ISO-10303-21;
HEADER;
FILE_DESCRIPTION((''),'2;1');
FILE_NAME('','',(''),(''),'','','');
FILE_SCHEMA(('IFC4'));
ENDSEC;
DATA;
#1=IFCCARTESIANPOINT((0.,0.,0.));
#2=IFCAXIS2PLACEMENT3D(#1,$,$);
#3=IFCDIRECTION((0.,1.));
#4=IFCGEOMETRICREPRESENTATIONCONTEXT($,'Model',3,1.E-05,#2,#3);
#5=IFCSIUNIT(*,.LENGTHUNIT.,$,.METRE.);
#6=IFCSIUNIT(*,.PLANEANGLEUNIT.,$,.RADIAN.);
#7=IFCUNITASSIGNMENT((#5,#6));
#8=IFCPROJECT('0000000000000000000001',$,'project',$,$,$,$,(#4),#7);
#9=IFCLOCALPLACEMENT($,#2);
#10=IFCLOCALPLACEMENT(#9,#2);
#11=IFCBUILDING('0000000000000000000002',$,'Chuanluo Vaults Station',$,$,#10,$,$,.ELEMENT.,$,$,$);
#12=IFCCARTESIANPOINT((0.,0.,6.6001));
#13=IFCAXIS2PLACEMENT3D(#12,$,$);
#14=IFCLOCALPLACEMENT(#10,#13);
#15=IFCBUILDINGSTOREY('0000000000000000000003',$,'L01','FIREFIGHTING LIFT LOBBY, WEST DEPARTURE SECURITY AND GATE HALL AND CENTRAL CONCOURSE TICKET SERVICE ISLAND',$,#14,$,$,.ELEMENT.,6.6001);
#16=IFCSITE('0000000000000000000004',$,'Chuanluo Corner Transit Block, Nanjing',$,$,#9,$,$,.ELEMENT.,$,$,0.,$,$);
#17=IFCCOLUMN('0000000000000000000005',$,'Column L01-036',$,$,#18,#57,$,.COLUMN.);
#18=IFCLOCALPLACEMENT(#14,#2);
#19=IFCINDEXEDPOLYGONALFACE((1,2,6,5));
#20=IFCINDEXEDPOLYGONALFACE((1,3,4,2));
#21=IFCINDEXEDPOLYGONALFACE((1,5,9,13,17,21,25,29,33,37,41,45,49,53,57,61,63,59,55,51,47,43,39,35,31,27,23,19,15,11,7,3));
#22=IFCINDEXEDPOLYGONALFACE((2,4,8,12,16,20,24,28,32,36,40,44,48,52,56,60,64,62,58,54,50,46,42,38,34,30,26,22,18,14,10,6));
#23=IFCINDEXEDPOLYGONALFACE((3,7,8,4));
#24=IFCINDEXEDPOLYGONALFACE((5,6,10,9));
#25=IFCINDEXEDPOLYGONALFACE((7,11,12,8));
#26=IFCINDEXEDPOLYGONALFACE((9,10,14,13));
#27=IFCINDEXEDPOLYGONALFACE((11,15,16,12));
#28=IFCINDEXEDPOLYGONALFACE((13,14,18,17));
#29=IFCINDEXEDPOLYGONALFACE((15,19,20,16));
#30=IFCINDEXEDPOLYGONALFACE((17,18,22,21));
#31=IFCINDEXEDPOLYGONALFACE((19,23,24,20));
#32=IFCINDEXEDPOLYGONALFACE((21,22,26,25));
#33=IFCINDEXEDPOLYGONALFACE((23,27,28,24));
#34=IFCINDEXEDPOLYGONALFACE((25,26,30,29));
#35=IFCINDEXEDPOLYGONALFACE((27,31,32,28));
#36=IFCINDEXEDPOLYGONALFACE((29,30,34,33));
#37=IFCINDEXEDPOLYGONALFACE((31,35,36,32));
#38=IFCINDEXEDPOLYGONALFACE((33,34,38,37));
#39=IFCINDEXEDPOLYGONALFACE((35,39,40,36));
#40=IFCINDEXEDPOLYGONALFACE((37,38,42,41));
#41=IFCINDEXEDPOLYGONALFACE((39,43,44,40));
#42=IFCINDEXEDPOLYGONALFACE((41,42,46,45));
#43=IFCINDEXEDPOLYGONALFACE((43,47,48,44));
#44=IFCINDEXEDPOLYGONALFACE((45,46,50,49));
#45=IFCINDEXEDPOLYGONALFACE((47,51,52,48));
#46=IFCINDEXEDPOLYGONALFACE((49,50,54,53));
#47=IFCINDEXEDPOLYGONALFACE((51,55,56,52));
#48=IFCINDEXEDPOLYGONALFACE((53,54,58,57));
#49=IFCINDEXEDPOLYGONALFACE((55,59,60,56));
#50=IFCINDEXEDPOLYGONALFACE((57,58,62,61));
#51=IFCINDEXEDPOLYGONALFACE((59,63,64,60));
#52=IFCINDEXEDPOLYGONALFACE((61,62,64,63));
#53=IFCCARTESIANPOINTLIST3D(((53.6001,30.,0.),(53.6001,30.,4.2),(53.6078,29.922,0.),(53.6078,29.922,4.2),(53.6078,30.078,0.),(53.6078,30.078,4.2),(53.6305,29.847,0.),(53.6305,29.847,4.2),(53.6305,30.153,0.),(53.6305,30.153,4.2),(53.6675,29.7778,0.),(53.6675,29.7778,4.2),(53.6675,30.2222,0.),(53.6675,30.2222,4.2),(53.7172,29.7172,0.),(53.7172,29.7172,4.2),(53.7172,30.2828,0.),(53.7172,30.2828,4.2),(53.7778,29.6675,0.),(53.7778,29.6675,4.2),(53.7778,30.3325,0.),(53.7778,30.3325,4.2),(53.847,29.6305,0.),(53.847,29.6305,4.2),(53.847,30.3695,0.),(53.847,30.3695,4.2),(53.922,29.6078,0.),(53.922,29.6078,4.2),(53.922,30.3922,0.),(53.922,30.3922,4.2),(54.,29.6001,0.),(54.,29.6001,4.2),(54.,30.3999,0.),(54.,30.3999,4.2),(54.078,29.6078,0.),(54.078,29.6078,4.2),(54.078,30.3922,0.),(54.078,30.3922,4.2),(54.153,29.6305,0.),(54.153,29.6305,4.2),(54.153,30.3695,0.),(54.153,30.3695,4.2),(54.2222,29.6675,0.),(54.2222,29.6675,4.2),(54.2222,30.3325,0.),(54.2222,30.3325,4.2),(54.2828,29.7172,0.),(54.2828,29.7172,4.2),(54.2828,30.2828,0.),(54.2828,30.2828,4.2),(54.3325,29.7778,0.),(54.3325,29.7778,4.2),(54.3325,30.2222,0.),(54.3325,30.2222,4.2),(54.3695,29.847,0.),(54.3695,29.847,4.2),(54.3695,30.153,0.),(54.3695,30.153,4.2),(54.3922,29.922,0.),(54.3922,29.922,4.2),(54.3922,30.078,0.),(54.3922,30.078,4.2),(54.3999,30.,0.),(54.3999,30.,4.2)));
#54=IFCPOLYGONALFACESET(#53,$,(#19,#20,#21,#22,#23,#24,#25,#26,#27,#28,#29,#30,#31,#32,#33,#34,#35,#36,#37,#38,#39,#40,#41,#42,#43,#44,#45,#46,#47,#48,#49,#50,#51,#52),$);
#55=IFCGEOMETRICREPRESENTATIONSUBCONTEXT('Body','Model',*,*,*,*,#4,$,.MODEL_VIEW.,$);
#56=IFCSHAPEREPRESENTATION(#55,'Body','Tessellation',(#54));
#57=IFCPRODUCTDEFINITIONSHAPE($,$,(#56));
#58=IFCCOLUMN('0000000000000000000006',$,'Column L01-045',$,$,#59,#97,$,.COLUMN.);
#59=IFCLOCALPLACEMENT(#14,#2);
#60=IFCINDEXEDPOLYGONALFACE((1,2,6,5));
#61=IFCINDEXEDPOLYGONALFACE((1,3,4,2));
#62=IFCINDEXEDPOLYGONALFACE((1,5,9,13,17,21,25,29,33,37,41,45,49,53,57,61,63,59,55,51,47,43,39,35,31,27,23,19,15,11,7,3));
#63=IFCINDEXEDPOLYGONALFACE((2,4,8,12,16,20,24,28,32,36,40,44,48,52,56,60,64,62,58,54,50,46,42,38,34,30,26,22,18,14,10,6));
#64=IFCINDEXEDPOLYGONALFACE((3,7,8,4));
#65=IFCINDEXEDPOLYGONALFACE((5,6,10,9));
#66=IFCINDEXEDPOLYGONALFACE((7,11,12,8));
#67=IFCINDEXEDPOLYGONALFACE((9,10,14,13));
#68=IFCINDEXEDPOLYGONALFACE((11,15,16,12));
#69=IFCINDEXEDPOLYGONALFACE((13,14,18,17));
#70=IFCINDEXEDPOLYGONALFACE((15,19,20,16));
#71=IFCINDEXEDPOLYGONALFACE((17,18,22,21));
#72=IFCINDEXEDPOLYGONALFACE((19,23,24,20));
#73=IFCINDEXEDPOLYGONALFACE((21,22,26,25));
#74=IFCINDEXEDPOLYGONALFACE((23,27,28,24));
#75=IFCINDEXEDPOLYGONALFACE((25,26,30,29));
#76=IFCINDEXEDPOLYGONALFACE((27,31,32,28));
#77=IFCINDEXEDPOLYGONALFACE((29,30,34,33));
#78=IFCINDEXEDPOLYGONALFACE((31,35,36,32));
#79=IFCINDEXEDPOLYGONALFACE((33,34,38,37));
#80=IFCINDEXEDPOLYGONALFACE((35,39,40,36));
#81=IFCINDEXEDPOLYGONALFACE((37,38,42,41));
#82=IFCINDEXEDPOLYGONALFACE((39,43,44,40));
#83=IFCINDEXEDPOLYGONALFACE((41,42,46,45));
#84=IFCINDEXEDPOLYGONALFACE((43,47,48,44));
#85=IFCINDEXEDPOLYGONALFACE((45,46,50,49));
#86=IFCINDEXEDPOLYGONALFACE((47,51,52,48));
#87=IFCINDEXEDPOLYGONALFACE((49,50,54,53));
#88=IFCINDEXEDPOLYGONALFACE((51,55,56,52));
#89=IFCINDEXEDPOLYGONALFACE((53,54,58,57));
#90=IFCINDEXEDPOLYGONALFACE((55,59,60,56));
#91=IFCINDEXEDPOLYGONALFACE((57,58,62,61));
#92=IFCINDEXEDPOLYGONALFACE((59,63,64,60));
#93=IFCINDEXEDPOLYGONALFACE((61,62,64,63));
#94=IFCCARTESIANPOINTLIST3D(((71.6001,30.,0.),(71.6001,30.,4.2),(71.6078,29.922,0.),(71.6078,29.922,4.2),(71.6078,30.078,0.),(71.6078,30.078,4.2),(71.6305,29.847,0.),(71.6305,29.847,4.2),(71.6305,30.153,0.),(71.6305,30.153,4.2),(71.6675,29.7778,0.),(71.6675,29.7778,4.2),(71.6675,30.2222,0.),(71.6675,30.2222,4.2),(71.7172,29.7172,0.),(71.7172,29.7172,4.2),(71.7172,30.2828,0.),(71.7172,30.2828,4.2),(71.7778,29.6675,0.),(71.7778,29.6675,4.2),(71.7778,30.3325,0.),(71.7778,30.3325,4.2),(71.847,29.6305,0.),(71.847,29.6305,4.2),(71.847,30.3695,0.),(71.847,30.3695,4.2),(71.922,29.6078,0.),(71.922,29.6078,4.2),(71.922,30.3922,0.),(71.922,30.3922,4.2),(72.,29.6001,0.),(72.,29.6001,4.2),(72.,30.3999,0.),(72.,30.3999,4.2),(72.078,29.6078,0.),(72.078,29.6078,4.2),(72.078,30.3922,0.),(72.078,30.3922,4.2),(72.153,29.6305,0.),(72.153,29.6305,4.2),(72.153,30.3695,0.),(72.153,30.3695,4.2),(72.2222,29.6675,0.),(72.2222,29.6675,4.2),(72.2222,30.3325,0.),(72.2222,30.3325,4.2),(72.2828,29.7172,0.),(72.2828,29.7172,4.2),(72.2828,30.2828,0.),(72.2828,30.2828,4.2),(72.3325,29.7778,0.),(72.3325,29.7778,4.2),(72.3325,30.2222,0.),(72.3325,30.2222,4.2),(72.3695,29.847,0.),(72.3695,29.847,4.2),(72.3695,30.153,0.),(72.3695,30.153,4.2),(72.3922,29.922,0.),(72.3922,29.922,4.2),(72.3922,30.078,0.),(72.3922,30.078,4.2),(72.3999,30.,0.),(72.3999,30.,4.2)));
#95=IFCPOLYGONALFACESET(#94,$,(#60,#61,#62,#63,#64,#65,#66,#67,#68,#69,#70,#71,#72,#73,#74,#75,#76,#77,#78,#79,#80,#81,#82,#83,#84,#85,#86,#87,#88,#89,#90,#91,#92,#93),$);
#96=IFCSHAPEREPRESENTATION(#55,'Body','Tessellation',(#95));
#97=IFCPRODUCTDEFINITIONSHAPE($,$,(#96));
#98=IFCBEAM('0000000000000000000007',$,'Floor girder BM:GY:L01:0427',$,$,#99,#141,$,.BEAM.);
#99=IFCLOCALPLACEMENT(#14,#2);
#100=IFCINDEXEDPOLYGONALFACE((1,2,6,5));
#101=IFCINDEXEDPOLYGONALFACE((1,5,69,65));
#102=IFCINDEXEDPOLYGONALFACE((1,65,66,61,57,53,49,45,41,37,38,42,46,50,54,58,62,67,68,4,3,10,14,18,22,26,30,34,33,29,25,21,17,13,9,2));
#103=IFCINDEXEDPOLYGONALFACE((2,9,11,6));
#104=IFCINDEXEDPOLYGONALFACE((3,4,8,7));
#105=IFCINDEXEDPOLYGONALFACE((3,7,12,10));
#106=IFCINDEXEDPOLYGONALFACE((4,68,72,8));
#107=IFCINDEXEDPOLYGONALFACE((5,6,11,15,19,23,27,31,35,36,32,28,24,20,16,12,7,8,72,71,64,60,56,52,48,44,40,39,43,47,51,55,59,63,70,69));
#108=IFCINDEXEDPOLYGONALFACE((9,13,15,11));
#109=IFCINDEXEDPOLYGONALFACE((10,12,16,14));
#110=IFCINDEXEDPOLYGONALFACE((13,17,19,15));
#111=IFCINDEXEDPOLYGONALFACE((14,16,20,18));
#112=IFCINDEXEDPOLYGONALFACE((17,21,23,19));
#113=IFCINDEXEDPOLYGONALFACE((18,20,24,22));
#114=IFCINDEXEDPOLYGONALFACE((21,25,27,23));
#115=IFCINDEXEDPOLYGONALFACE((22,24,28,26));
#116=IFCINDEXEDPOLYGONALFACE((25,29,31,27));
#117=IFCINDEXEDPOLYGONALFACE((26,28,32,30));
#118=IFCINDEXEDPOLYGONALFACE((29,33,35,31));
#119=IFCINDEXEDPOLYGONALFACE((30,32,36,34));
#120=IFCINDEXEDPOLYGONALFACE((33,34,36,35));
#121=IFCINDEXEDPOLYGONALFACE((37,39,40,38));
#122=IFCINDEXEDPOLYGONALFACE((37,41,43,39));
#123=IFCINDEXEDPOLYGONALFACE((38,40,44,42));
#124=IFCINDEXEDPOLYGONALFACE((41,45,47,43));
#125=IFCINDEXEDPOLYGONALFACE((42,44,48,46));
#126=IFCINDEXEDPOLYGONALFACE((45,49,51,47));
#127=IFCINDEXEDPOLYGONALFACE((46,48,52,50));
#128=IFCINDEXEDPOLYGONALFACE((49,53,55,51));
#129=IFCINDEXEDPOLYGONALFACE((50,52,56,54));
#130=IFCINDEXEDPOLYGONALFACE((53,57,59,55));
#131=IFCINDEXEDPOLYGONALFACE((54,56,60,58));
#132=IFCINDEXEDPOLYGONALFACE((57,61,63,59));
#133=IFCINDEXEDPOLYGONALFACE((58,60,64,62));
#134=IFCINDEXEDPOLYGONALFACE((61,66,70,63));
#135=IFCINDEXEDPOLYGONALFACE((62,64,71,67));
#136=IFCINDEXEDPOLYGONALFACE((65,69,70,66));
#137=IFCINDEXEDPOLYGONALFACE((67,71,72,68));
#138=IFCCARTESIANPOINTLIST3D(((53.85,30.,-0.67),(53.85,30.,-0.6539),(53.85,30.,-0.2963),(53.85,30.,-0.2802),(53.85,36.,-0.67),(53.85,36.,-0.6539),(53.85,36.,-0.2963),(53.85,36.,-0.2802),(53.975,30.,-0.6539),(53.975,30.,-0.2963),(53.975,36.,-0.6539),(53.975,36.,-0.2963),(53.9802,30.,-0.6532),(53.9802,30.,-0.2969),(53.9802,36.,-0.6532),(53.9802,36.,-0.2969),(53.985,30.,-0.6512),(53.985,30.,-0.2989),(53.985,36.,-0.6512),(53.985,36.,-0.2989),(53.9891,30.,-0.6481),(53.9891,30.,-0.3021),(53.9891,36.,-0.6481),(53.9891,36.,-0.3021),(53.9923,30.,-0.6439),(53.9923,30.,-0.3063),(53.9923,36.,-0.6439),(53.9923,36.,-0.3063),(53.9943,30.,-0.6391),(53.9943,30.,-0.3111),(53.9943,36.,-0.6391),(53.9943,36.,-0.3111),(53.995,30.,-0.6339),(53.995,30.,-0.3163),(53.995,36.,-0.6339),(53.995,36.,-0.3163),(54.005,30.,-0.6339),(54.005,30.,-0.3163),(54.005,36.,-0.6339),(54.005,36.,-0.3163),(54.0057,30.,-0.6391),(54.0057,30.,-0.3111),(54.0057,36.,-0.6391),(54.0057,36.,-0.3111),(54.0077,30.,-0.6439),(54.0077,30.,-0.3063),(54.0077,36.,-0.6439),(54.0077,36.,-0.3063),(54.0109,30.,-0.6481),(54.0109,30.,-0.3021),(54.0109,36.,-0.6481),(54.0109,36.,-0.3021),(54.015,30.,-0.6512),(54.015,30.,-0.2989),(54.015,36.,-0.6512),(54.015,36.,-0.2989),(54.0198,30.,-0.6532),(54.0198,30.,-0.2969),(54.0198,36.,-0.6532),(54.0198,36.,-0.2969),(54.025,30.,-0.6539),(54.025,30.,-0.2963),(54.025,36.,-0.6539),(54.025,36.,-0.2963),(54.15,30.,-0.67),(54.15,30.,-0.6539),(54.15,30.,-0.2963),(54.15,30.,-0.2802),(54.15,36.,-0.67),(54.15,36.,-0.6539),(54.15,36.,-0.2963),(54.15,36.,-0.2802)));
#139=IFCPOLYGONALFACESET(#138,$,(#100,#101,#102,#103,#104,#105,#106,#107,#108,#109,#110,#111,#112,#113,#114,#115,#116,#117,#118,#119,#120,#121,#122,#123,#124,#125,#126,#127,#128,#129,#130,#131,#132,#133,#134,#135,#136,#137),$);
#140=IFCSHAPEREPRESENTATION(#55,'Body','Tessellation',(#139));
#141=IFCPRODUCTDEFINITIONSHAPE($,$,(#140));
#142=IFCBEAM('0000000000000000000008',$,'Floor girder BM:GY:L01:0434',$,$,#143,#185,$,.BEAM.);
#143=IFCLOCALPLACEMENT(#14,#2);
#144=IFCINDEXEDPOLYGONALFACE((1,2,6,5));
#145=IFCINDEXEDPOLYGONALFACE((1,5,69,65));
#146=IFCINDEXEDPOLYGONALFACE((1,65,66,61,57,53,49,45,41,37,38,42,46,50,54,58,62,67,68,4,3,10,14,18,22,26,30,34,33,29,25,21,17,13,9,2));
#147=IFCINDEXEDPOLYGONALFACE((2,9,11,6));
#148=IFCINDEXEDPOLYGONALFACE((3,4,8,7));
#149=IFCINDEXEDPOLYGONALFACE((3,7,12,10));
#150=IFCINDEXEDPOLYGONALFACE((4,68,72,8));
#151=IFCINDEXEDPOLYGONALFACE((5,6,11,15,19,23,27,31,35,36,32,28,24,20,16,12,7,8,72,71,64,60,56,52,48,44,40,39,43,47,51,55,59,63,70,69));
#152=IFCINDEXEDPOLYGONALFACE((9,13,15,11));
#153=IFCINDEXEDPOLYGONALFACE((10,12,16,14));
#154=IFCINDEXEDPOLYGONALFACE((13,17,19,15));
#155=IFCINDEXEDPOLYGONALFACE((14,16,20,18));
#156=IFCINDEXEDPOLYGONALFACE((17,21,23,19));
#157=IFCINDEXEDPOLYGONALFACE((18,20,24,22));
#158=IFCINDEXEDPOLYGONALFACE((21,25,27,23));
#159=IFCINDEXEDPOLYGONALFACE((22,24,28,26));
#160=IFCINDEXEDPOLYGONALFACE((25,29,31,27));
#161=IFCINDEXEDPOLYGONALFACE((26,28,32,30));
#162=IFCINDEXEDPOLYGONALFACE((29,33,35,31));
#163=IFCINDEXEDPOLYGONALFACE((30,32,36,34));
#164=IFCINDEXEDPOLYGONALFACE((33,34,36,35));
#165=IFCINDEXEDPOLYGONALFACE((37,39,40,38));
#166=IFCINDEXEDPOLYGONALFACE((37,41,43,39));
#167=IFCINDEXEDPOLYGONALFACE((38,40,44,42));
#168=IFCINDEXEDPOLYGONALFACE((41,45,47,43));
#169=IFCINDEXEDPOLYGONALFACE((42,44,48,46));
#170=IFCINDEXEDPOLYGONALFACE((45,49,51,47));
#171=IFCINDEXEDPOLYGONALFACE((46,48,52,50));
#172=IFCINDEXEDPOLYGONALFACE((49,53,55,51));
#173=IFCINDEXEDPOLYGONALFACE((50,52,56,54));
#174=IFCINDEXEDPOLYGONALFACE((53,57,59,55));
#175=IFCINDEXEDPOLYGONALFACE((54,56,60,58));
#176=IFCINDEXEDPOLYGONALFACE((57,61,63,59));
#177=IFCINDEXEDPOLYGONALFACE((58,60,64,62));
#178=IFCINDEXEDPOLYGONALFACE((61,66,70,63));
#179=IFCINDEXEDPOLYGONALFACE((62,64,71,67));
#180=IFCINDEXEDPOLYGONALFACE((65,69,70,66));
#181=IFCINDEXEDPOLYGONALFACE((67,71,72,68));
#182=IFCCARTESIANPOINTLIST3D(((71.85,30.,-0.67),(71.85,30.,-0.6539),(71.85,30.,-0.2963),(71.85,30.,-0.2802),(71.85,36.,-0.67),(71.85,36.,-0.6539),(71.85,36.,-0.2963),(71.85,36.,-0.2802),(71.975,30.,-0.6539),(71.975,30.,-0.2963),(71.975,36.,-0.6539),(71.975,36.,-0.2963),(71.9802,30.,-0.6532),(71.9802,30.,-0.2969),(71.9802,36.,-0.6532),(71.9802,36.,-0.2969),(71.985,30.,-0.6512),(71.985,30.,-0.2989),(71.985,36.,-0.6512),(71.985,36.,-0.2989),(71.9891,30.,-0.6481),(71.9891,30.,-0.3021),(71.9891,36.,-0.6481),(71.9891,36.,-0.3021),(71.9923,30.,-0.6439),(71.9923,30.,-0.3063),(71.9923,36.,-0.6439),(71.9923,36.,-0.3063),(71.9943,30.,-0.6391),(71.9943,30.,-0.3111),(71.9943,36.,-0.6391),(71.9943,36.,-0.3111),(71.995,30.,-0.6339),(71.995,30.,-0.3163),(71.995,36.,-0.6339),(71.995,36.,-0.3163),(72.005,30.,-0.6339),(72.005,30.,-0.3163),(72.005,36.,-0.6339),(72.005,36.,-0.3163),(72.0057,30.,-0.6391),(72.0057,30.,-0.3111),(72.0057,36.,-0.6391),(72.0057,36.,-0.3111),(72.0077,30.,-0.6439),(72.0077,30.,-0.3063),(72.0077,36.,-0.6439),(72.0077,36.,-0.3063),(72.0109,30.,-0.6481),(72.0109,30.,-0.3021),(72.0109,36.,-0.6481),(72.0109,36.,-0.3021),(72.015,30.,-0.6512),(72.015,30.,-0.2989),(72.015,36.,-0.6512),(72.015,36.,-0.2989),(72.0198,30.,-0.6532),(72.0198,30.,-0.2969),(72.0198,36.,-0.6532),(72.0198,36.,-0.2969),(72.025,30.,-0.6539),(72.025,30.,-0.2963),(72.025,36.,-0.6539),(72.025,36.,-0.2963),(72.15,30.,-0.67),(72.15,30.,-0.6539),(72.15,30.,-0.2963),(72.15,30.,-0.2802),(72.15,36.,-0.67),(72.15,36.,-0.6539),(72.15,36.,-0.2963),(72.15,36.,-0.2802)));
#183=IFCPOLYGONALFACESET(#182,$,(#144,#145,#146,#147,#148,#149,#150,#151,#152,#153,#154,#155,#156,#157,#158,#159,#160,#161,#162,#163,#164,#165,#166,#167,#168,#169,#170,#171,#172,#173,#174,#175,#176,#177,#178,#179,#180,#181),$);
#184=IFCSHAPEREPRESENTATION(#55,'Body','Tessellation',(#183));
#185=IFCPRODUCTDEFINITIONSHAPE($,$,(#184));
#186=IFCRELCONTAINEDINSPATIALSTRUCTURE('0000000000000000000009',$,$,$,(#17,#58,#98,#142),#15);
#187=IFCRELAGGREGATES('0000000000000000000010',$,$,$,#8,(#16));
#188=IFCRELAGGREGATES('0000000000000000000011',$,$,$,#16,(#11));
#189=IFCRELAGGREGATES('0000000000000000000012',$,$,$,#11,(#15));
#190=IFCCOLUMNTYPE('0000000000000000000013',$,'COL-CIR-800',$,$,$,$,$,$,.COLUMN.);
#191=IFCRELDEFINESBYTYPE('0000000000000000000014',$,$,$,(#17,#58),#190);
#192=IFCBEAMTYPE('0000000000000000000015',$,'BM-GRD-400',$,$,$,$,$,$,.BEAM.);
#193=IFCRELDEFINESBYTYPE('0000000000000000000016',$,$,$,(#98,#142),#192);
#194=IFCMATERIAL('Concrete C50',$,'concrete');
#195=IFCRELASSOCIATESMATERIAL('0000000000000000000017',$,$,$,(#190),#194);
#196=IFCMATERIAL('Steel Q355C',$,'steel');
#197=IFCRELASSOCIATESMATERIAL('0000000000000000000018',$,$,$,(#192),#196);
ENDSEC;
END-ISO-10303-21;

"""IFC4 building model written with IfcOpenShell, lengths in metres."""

from ifc_helpers import new_model, si_unit, direction, frame, origin, origin_2d, place, context, subcontext, project, spatial, circle, i_section, extrude, material, material_profile, profile_set, type_object, element, save


model = new_model("IFC4")

# Units and contexts
model_context = context("Model", 3, precision=1e-05, world=origin(), true_north=direction((0.0, 1.0)))
body_context = subcontext(model_context, "Body", "Model", "MODEL_VIEW")
ifc_project = project(units=[si_unit("LENGTHUNIT", "METRE"), si_unit("PLANEANGLEUNIT", "RADIAN")], contexts=[model_context])

# Site, building, storey
site_placement = place(None, origin())
site = spatial("IfcSite", under=ifc_project, at=site_placement, Name="Chuanluo Corner Transit Block, Nanjing", CompositionType="ELEMENT", RefElevation=0.0)
building_placement = place(site_placement, origin())
building = spatial("IfcBuilding", under=site, at=building_placement, Name="Chuanluo Vaults Station", CompositionType="ELEMENT")
storey_placement = place(building_placement, frame((0.0, 0.0, 6.6001)))
storey = spatial("IfcBuildingStorey", under=building, at=storey_placement, Name="L01", Description="FIREFIGHTING LIFT LOBBY, WEST DEPARTURE SECURITY AND GATE HALL AND CENTRAL CONCOURSE TICKET SERVICE ISLAND", CompositionType="ELEMENT", Elevation=6.6001)

# Columns
ifc_material_1 = material(Name="Concrete C50", Category="concrete")
ifc_material_profile_1 = material_profile(ifc_material_1, circle(Radius=0.3999, at=origin_2d()))
ifc_profile_set_1 = profile_set([ifc_material_profile_1], Name="Concrete C50")
column_type = type_object("IfcColumnType", Name="COL-CIR-800", PredefinedType="COLUMN", material=ifc_profile_set_1)
for number, where, z_axis, x_axis, name in (
    (1, (54.0, 30.0, 0.0), (0.0, 0.0, 1.0), (1.0, 0.0, 0.0), "Column L01-036"),
    (2, (72.0, 30.0, 0.0), (0.0, 0.0, 1.0), (1.0, 0.0, 0.0), "Column L01-045"),
):
    element("IfcColumn", number, at=place(storey_placement, frame(where, z_axis=z_axis, x_axis=x_axis)), inside=storey, type_object=column_type, Name=name, PredefinedType="COLUMN", context=body_context, shape_type="SweptSolid", body=[
        extrude(circle(Radius=0.3999, at=origin_2d()), origin(), (0.0, 0.0, 1.0), 4.2),
    ])

# Beams
ifc_material_2 = material(Name="Steel Q355C", Category="steel")
ifc_material_profile_2 = material_profile(ifc_material_2, i_section(OverallWidth=0.3, OverallDepth=0.3899, WebThickness=0.01, FlangeThickness=0.0161, FilletRadius=0.02, at=origin_2d()))
ifc_profile_set_2 = profile_set([ifc_material_profile_2], Name="Steel Q355C")
beam_type_1 = type_object("IfcBeamType", Name="BM-GRD-400", PredefinedType="BEAM", material=ifc_profile_set_2)
for number, where, z_axis, x_axis, name in (
    (3, (54.0, 30.0, -0.4751), (0.0, 1.0, 0.0), (-1.0, 0.0, 0.0), "Floor girder BM:GY:L01:0427"),
    (4, (72.0, 30.0, -0.4751), (0.0, 1.0, 0.0), (-1.0, 0.0, 0.0), "Floor girder BM:GY:L01:0434"),
):
    element("IfcBeam", number, at=place(storey_placement, frame(where, z_axis=z_axis, x_axis=x_axis)), inside=storey, type_object=beam_type_1, Name=name, PredefinedType="BEAM", context=body_context, shape_type="SweptSolid", body=[
        extrude(i_section(OverallWidth=0.3, OverallDepth=0.3899, WebThickness=0.01, FlangeThickness=0.0161, FilletRadius=0.02, at=origin_2d()), origin(), (0.0, 0.0, 1.0), 6.0),
    ])

save(model, "model.ifc")
